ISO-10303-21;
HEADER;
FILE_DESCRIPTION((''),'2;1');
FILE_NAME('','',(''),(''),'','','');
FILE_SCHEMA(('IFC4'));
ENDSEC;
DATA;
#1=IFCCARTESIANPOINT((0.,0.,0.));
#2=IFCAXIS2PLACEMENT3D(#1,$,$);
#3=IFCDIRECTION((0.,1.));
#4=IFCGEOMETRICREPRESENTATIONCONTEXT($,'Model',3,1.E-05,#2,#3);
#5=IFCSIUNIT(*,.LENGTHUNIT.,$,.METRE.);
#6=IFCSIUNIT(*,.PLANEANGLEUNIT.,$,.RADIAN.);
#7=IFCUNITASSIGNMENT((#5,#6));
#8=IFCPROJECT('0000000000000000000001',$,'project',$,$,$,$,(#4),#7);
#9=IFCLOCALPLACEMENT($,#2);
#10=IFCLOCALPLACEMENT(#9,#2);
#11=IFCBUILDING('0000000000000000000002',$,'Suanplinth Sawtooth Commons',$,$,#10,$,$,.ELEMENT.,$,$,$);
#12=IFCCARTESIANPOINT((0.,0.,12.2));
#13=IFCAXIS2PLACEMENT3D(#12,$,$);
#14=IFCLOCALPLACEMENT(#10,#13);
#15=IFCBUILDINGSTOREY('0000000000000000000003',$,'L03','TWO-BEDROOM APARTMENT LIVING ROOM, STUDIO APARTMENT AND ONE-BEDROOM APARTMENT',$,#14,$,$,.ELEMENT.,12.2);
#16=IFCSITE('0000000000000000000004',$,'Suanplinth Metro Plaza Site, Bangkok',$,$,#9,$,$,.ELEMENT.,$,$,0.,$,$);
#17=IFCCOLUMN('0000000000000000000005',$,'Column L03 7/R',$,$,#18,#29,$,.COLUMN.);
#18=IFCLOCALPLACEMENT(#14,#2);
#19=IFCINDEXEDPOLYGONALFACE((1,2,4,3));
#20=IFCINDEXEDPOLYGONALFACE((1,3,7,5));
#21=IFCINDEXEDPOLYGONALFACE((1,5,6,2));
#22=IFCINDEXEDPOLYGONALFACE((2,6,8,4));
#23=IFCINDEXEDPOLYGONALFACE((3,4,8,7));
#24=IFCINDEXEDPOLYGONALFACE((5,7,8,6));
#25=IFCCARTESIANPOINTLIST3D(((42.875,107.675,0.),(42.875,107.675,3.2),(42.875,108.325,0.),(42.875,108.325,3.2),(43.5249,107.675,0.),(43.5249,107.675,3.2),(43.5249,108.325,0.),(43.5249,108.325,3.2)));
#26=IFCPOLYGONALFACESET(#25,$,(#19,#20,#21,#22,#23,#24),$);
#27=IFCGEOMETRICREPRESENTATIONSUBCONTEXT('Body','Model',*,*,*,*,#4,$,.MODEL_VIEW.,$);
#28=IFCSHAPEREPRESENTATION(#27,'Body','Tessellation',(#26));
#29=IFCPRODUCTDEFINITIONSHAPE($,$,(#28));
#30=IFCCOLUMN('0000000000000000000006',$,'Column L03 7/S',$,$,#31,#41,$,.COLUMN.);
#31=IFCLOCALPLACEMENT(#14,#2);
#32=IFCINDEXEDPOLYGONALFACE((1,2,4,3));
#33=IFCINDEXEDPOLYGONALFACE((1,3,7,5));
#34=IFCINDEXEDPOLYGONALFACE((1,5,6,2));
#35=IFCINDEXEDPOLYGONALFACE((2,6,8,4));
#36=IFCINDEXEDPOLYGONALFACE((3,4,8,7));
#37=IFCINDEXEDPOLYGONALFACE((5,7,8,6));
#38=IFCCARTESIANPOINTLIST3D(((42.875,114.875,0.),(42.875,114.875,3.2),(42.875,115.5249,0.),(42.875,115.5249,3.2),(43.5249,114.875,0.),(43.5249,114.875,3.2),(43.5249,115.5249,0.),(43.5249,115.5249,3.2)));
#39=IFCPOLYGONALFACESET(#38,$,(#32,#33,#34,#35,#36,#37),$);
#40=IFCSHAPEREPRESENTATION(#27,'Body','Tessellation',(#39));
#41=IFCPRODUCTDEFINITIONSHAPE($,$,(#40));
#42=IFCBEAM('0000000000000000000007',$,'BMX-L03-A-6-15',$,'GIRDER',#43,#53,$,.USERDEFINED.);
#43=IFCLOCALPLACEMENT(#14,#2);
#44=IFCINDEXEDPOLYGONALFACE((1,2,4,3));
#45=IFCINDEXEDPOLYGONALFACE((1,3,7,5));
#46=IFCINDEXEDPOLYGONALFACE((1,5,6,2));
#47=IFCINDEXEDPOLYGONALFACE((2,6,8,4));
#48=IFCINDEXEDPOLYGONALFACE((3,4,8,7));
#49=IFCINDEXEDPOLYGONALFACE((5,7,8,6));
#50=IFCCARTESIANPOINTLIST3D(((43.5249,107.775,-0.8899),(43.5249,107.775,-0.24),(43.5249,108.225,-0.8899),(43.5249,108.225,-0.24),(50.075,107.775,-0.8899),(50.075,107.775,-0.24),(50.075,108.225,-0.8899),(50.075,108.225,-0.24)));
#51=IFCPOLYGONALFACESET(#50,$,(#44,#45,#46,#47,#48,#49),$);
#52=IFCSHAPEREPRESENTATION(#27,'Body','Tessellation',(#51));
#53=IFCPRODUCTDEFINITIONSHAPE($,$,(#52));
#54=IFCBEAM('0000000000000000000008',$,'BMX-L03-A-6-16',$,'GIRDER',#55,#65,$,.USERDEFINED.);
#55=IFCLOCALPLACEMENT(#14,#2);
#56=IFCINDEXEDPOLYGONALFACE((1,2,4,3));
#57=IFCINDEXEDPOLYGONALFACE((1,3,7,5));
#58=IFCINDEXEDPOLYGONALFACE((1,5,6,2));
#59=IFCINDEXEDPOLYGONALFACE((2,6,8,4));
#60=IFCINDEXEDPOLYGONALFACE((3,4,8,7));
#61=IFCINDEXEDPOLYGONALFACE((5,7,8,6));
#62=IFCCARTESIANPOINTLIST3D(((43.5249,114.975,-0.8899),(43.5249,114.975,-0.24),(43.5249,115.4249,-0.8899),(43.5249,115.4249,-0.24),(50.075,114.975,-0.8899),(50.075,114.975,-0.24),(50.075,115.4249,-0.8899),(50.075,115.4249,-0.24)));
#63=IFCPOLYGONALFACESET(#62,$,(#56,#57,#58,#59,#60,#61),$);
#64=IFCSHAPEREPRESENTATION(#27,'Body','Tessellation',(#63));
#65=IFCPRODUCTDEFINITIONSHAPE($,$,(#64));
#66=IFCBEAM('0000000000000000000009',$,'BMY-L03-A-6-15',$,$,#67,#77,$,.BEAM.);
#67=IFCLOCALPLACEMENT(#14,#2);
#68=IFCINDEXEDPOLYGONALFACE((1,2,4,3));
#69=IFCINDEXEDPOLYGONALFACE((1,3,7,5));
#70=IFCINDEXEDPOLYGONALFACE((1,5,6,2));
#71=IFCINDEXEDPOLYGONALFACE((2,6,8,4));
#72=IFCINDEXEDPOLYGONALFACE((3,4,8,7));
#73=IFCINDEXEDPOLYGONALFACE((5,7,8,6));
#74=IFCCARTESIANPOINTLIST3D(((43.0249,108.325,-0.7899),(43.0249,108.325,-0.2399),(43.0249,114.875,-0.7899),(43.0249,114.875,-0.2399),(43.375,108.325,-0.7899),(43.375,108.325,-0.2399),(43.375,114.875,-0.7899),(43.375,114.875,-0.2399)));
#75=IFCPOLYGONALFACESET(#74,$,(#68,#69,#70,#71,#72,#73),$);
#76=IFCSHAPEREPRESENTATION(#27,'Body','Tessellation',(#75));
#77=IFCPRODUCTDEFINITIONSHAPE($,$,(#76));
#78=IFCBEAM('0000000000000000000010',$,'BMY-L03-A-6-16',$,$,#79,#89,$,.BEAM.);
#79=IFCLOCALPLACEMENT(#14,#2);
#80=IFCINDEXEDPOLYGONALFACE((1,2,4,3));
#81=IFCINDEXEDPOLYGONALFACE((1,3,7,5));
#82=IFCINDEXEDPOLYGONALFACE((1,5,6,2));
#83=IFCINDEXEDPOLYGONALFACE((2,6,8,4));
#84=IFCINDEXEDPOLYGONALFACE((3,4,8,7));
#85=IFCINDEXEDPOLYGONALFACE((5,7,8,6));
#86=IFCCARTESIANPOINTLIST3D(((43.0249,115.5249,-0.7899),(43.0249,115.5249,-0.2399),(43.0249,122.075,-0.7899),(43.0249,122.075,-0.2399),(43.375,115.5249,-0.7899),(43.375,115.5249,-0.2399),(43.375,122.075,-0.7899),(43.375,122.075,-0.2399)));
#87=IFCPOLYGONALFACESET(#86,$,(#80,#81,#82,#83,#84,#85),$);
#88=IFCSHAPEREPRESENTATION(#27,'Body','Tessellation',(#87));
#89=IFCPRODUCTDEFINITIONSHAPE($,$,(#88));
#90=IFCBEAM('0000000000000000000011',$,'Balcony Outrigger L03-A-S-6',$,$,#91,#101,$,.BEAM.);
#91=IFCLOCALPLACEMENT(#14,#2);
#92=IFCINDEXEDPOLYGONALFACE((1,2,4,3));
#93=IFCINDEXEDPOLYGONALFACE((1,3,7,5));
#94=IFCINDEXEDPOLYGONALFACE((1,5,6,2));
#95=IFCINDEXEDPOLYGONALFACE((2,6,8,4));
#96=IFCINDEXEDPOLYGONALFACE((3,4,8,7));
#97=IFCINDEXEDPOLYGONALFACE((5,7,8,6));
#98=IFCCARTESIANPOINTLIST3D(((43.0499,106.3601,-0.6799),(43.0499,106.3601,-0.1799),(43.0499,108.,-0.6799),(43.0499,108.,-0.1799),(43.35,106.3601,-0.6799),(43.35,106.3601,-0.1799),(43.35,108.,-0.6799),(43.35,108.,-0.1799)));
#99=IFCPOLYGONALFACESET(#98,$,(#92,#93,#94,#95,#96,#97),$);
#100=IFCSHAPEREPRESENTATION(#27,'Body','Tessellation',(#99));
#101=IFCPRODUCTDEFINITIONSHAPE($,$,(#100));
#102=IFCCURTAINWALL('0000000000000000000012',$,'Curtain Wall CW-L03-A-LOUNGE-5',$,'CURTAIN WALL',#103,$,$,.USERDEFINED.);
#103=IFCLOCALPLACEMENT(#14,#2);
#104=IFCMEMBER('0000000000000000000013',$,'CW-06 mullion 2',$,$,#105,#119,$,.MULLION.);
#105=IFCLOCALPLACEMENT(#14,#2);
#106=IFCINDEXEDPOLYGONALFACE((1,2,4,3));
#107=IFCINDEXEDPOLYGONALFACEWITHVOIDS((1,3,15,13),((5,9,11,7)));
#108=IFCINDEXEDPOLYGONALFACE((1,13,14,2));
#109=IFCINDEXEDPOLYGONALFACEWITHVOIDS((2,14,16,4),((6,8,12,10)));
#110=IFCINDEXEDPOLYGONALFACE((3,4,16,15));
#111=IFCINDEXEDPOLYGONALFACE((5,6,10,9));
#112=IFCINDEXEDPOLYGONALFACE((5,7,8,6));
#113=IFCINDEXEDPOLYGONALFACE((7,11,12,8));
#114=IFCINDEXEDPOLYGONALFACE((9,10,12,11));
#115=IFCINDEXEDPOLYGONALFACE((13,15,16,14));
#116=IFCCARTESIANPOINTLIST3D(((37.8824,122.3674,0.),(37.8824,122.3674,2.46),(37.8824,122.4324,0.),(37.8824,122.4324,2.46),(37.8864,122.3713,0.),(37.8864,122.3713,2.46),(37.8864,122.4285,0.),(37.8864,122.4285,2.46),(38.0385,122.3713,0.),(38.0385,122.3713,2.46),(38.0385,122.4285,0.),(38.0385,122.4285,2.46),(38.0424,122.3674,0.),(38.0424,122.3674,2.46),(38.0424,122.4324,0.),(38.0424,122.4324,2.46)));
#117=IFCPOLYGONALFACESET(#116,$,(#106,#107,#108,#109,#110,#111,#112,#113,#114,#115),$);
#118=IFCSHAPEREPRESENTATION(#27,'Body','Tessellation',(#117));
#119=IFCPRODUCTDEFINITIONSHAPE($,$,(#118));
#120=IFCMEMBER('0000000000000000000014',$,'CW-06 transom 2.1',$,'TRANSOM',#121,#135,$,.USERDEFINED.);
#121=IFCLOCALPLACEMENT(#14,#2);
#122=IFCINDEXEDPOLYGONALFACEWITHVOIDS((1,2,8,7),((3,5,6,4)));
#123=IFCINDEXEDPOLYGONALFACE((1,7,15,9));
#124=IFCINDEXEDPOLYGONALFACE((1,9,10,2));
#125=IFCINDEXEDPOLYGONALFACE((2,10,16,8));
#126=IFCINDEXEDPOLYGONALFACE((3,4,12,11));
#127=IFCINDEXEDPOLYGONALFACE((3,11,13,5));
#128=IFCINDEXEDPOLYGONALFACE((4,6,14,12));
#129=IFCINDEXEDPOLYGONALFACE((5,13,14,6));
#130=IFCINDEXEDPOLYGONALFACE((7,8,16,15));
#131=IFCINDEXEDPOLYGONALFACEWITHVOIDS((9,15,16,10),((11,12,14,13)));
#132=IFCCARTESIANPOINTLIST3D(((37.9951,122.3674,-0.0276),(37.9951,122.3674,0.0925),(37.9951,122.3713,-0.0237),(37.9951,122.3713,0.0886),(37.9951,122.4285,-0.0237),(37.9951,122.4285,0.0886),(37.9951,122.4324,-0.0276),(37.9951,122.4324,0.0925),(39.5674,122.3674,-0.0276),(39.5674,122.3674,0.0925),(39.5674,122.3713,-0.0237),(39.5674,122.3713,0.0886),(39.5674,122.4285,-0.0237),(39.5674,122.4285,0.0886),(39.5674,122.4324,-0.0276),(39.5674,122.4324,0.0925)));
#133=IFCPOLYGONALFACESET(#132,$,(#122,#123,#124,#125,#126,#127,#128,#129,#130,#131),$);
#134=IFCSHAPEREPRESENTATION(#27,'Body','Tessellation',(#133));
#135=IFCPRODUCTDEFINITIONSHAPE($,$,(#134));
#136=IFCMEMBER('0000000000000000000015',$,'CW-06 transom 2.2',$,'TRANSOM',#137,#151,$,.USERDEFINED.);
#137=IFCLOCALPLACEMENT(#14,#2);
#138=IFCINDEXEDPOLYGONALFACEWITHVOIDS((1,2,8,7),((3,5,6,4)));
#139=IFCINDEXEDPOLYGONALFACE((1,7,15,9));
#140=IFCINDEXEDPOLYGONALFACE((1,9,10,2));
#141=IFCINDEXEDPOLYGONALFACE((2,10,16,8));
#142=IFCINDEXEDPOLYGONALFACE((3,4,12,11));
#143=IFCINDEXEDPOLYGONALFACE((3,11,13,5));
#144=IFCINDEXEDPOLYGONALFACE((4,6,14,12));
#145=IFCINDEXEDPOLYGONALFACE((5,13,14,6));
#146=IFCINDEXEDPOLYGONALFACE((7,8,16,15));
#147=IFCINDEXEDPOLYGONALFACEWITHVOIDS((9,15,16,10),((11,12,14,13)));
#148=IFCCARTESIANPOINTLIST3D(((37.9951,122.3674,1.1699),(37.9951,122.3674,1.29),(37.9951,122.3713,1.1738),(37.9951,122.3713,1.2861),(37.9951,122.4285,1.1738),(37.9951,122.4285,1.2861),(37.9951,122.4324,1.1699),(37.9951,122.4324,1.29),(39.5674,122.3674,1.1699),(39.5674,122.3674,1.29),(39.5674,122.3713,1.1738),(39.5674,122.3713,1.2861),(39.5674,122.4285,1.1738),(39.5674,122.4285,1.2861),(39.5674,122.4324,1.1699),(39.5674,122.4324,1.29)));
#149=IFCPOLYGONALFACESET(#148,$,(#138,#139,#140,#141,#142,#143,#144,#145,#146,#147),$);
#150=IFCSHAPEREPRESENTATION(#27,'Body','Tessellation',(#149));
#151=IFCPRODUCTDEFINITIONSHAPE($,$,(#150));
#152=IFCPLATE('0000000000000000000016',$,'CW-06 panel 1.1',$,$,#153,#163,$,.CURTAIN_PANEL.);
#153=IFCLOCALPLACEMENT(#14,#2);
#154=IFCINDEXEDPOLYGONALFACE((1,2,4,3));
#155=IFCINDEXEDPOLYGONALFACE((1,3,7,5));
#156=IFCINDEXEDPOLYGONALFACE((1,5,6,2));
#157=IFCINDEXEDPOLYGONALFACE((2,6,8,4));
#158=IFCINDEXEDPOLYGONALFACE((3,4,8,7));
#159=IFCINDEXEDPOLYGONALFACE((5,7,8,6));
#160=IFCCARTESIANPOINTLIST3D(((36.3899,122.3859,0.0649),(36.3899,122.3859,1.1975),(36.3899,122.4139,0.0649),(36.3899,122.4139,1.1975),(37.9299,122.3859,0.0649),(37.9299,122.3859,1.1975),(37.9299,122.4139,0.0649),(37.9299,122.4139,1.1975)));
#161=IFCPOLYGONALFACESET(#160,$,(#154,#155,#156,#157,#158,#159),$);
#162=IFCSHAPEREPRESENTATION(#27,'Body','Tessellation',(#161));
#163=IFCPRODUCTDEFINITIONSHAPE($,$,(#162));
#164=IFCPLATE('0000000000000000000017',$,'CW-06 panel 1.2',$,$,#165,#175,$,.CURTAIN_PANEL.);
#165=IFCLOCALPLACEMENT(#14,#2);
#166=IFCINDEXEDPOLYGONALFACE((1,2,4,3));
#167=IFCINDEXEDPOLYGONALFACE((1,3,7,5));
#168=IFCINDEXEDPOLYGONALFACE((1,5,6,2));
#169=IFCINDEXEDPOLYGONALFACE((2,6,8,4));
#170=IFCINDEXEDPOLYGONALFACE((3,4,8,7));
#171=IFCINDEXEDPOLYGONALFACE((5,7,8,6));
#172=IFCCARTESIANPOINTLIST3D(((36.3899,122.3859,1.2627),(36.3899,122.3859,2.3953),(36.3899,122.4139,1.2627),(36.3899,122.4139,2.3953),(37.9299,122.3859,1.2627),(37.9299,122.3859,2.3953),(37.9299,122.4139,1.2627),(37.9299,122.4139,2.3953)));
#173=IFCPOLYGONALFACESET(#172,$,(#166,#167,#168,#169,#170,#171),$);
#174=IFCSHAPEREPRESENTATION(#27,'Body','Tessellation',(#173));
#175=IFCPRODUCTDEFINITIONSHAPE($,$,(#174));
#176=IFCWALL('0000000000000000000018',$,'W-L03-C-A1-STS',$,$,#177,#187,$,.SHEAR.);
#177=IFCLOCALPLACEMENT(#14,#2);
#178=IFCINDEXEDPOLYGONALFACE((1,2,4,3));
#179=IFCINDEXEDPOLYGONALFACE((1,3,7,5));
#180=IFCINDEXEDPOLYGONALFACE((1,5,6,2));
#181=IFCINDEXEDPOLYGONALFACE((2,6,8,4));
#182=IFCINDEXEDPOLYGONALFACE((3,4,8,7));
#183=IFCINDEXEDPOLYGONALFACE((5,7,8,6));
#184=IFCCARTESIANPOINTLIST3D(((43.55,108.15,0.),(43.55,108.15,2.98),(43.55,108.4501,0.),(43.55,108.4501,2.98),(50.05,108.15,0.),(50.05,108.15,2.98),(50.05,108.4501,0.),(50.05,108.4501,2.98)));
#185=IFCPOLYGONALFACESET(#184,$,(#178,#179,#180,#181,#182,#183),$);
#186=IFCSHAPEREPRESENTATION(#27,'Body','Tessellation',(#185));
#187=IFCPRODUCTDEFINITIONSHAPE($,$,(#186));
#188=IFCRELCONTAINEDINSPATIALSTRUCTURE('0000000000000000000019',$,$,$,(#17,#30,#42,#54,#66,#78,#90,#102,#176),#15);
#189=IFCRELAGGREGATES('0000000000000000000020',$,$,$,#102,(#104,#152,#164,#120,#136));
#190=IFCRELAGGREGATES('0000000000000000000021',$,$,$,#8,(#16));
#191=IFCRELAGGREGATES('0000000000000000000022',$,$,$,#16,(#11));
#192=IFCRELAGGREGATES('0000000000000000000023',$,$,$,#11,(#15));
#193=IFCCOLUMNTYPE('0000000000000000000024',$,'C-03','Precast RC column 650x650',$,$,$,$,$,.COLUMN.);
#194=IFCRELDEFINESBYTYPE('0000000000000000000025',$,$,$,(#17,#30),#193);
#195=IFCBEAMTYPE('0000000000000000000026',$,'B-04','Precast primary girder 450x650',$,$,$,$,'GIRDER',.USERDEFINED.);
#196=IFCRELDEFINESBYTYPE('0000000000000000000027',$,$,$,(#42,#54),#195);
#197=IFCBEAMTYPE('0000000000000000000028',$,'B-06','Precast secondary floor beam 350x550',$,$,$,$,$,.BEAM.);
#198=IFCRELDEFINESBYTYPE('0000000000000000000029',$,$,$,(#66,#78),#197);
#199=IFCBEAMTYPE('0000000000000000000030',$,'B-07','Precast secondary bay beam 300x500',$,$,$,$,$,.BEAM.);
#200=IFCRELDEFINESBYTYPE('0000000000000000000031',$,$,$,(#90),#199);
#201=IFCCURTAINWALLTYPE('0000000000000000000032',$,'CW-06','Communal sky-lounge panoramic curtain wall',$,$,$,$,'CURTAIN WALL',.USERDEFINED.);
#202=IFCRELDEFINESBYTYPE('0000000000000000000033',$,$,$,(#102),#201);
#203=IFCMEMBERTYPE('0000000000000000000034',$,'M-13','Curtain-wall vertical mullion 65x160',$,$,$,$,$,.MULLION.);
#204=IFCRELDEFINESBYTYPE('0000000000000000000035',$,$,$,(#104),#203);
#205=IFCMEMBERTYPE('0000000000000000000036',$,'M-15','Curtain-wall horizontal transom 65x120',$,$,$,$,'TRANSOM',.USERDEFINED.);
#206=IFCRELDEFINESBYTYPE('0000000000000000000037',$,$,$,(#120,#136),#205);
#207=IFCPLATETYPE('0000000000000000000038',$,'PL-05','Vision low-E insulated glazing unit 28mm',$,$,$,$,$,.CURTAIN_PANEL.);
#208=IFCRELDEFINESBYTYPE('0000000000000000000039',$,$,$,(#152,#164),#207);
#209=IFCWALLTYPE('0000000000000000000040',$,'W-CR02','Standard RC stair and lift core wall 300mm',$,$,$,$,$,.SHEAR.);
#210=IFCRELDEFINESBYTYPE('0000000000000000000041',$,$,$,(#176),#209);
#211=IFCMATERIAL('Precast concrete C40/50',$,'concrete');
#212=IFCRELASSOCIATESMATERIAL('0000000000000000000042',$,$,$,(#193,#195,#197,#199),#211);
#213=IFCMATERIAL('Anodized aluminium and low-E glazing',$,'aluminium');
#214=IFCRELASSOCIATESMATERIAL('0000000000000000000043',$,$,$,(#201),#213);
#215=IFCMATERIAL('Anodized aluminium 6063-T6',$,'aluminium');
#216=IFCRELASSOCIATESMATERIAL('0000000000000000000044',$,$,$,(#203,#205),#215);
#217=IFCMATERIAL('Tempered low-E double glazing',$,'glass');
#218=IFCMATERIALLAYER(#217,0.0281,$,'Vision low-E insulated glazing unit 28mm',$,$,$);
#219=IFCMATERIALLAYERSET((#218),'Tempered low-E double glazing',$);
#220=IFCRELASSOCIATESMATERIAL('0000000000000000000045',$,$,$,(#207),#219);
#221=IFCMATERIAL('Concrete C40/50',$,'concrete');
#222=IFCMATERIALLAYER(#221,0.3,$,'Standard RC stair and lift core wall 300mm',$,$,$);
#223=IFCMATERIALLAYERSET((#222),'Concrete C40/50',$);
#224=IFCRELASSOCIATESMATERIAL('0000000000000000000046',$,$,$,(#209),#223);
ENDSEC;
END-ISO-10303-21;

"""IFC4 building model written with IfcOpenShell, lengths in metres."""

from ifc_helpers import new_model, si_unit, direction, frame, frame_2d, origin, origin_2d, place, context, subcontext, project, spatial, rectangle, hollow_rectangle, extrude, material, layer, layer_set, material_profile, profile_set, type_object, element, aggregate, save


model = new_model("IFC4")

# Units and contexts
model_context = context("Model", 3, precision=1e-05, world=origin(), true_north=direction((0.0, 1.0)))
body_context = subcontext(model_context, "Body", "Model", "MODEL_VIEW")
ifc_project = project(units=[si_unit("LENGTHUNIT", "METRE"), si_unit("PLANEANGLEUNIT", "RADIAN")], contexts=[model_context])

# Site, building, storey
site_placement = place(None, origin())
site = spatial("IfcSite", under=ifc_project, at=site_placement, Name="Suanplinth Metro Plaza Site, Bangkok", CompositionType="ELEMENT", RefElevation=0.0)
building_placement = place(site_placement, origin())
building = spatial("IfcBuilding", under=site, at=building_placement, Name="Suanplinth Sawtooth Commons", CompositionType="ELEMENT")
storey_placement = place(building_placement, frame((0.0, 0.0, 12.2)))
storey = spatial("IfcBuildingStorey", under=building, at=storey_placement, Name="L03", Description="TWO-BEDROOM APARTMENT LIVING ROOM, STUDIO APARTMENT AND ONE-BEDROOM APARTMENT", CompositionType="ELEMENT", Elevation=12.2)

# Columns
ifc_material_1 = material(Name="Precast concrete C40/50", Category="concrete")
ifc_material_profile_1 = material_profile(ifc_material_1, rectangle(XDim=0.6499, YDim=0.6499, at=origin_2d()), Name="PC-COL 650x650")
ifc_profile_set_1 = profile_set([ifc_material_profile_1], Name="Precast concrete C40/50")
column_type = type_object("IfcColumnType", Name="C-03", Description="Precast RC column 650x650", PredefinedType="COLUMN", material=ifc_profile_set_1)
for number, where, z_axis, x_axis, name in (
    (1, (43.2, 108.0, 0.0), (0.0, 0.0, 1.0), (1.0, 0.0, 0.0), "Column L03 7/R"),
    (2, (43.2, 115.2, 0.0), (0.0, 0.0, 1.0), (1.0, 0.0, 0.0), "Column L03 7/S"),
):
    element("IfcColumn", number, at=place(storey_placement, frame(where, z_axis=z_axis, x_axis=x_axis)), inside=storey, type_object=column_type, Name=name, PredefinedType="COLUMN", context=body_context, shape_type="SweptSolid", body=[
        extrude(rectangle(XDim=0.6499, YDim=0.6499, at=origin_2d()), origin(), (0.0, 0.0, 1.0), 3.2),
    ])

# Beams
ifc_material_profile_2 = material_profile(ifc_material_1, rectangle(XDim=0.45, YDim=0.6499, at=origin_2d()), Name="PC-GDR 450x650")
ifc_profile_set_2 = profile_set([ifc_material_profile_2], Name="Precast concrete C40/50")
beam_type_1 = type_object("IfcBeamType", Name="B-04", Description="Precast primary girder 450x650", ElementType="GIRDER", PredefinedType="USERDEFINED", material=ifc_profile_set_2)
for number, where, z_axis, x_axis, name in (
    (3, (43.5249, 108.0, -0.5649), (1.0, 0.0, 0.0), (0.0, 1.0, 0.0), "BMX-L03-A-6-15"),
    (4, (43.5249, 115.2, -0.5649), (1.0, 0.0, 0.0), (0.0, 1.0, 0.0), "BMX-L03-A-6-16"),
):
    element("IfcBeam", number, at=place(storey_placement, frame(where, z_axis=z_axis, x_axis=x_axis)), inside=storey, type_object=beam_type_1, Name=name, ObjectType="GIRDER", PredefinedType="USERDEFINED", context=body_context, shape_type="SweptSolid", body=[
        extrude(rectangle(XDim=0.45, YDim=0.6499, at=origin_2d()), origin(), (0.0, 0.0, 1.0), 6.55),
    ])
ifc_material_profile_3 = material_profile(ifc_material_1, rectangle(XDim=0.3501, YDim=0.55, at=origin_2d()), Name="PC-BM 350x550")
ifc_profile_set_3 = profile_set([ifc_material_profile_3], Name="Precast concrete C40/50")
beam_type_2 = type_object("IfcBeamType", Name="B-06", Description="Precast secondary floor beam 350x550", PredefinedType="BEAM", material=ifc_profile_set_3)
for number, where, z_axis, x_axis, name in (
    (5, (43.2, 108.325, -0.5149), (0.0, 1.0, 0.0), (-1.0, 0.0, 0.0), "BMY-L03-A-6-15"),
    (6, (43.2, 115.5249, -0.5149), (0.0, 1.0, 0.0), (-1.0, 0.0, 0.0), "BMY-L03-A-6-16"),
):
    element("IfcBeam", number, at=place(storey_placement, frame(where, z_axis=z_axis, x_axis=x_axis)), inside=storey, type_object=beam_type_2, Name=name, PredefinedType="BEAM", context=body_context, shape_type="SweptSolid", body=[
        extrude(rectangle(XDim=0.3501, YDim=0.55, at=origin_2d()), origin(), (0.0, 0.0, 1.0), 6.55),
    ])
ifc_material_profile_4 = material_profile(ifc_material_1, rectangle(XDim=0.3, YDim=0.5, at=origin_2d()), Name="PC-BM 300x500")
ifc_profile_set_4 = profile_set([ifc_material_profile_4], Name="Precast concrete C40/50")
beam_type_3 = type_object("IfcBeamType", Name="B-07", Description="Precast secondary bay beam 300x500", PredefinedType="BEAM", material=ifc_profile_set_4)
beam_placement = place(storey_placement, frame((43.2, 108.0, -0.4299), z_axis=(0.0, -1.0, 0.0), x_axis=(1.0, 0.0, 0.0)))
element("IfcBeam", 7, at=beam_placement, inside=storey, type_object=beam_type_3, Name="Balcony Outrigger L03-A-S-6", PredefinedType="BEAM", context=body_context, shape_type="SweptSolid", body=[
    extrude(rectangle(XDim=0.3, YDim=0.5, at=origin_2d()), origin(), (0.0, 0.0, 1.0), 1.6399),
])

# Curtain wall, members, plates
ifc_material_2 = material(Name="Anodized aluminium and low-E glazing", Category="aluminium")
curtain_wall_type = type_object("IfcCurtainWallType", Name="CW-06", Description="Communal sky-lounge panoramic curtain wall", ElementType="CURTAIN WALL", PredefinedType="USERDEFINED", material=ifc_material_2)
curtain_wall_placement = place(storey_placement, origin())
curtain_wall = element("IfcCurtainWall", 8, at=curtain_wall_placement, inside=storey, type_object=curtain_wall_type, Name="Curtain Wall CW-L03-A-LOUNGE-5", ObjectType="CURTAIN WALL", PredefinedType="USERDEFINED")
ifc_material_3 = material(Name="Anodized aluminium 6063-T6", Category="aluminium")
ifc_material_profile_5 = material_profile(ifc_material_3, hollow_rectangle(XDim=0.0649, YDim=0.1599, WallThickness=0.0039, at=origin_2d()), Name="ALU-MUL 65x160")
ifc_profile_set_5 = profile_set([ifc_material_profile_5], Name="Anodized aluminium 6063-T6")
member_type_1 = type_object("IfcMemberType", Name="M-13", Description="Curtain-wall vertical mullion 65x160", PredefinedType="MULLION", material=ifc_profile_set_5)
member_1_placement = place(storey_placement, frame((37.9624, 122.3999, 0.0), z_axis=(0.0, 0.0, 1.0), x_axis=(0.0, 1.0, 0.0)))
member_1 = element("IfcMember", 9, at=member_1_placement, type_object=member_type_1, Name="CW-06 mullion 2", PredefinedType="MULLION", context=body_context, shape_type="SweptSolid", body=[
    extrude(hollow_rectangle(XDim=0.0649, YDim=0.1599, WallThickness=0.0039, at=origin_2d()), origin(), (0.0, 0.0, 1.0), 2.46),
])
ifc_material_profile_6 = material_profile(ifc_material_3, hollow_rectangle(XDim=0.0649, YDim=0.1201, WallThickness=0.0039, at=origin_2d()), Name="ALU-TRN 65x120")
ifc_profile_set_6 = profile_set([ifc_material_profile_6], Name="Anodized aluminium 6063-T6")
member_type_2 = type_object("IfcMemberType", Name="M-15", Description="Curtain-wall horizontal transom 65x120", ElementType="TRANSOM", PredefinedType="USERDEFINED", material=ifc_profile_set_6)
member_2_placement = place(storey_placement, frame((37.9951, 122.3999, 0.0325), z_axis=(1.0, 0.0, 0.0), x_axis=(0.0, 1.0, 0.0)))
member_2 = element("IfcMember", 10, at=member_2_placement, type_object=member_type_2, Name="CW-06 transom 2.1", ObjectType="TRANSOM", PredefinedType="USERDEFINED", context=body_context, shape_type="SweptSolid", body=[
    extrude(hollow_rectangle(XDim=0.0649, YDim=0.1201, WallThickness=0.0039, at=origin_2d()), origin(), (0.0, 0.0, 1.0), 1.5723),
])
member_3_placement = place(storey_placement, frame((37.9951, 122.3999, 1.23), z_axis=(1.0, 0.0, 0.0), x_axis=(0.0, 1.0, 0.0)))
member_3 = element("IfcMember", 11, at=member_3_placement, type_object=member_type_2, Name="CW-06 transom 2.2", ObjectType="TRANSOM", PredefinedType="USERDEFINED", context=body_context, shape_type="SweptSolid", body=[
    extrude(hollow_rectangle(XDim=0.0649, YDim=0.1201, WallThickness=0.0039, at=origin_2d()), origin(), (0.0, 0.0, 1.0), 1.5723),
])
ifc_material_4 = material(Name="Tempered low-E double glazing", Category="glass")
ifc_layer_1 = layer(ifc_material_4, 0.0281, Name="Vision low-E insulated glazing unit 28mm")
ifc_layer_set_1 = layer_set([ifc_layer_1], Name="Tempered low-E double glazing")
plate_type = type_object("IfcPlateType", Name="PL-05", Description="Vision low-E insulated glazing unit 28mm", PredefinedType="CURTAIN_PANEL", material=ifc_layer_set_1)
plate_1_placement = place(storey_placement, frame((37.1599, 122.3999, 0.0649), z_axis=(0.0, 0.0, 1.0), x_axis=(1.0, 0.0, 0.0)))
plate_1 = element("IfcPlate", 12, at=plate_1_placement, type_object=plate_type, Name="CW-06 panel 1.1", PredefinedType="CURTAIN_PANEL", context=body_context, shape_type="SweptSolid", body=[
    extrude(rectangle(XDim=1.54, YDim=0.0281, at=origin_2d()), origin(), (0.0, 0.0, 1.0), 1.1326),
])
plate_2_placement = place(storey_placement, frame((37.1599, 122.3999, 1.2627), z_axis=(0.0, 0.0, 1.0), x_axis=(1.0, 0.0, 0.0)))
plate_2 = element("IfcPlate", 13, at=plate_2_placement, type_object=plate_type, Name="CW-06 panel 1.2", PredefinedType="CURTAIN_PANEL", context=body_context, shape_type="SweptSolid", body=[
    extrude(rectangle(XDim=1.54, YDim=0.0281, at=origin_2d()), origin(), (0.0, 0.0, 1.0), 1.1326),
])
aggregate(curtain_wall, [member_1, plate_1, plate_2, member_2, member_3])

# Wall
ifc_material_5 = material(Name="Concrete C40/50", Category="concrete")
ifc_layer_2 = layer(ifc_material_5, 0.3, Name="Standard RC stair and lift core wall 300mm")
ifc_layer_set_2 = layer_set([ifc_layer_2], Name="Concrete C40/50")
wall_type_1 = type_object("IfcWallType", Name="W-CR02", Description="Standard RC stair and lift core wall 300mm", PredefinedType="SHEAR", material=ifc_layer_set_2)
wall_1_placement = place(storey_placement, frame((43.55, 108.3, 0.0), z_axis=(0.0, 0.0, 1.0), x_axis=(1.0, 0.0, 0.0)))
element("IfcWall", 14, at=wall_1_placement, inside=storey, type_object=wall_type_1, Name="W-L03-C-A1-STS", PredefinedType="SHEAR", context=body_context, shape_type="SweptSolid", body=[
    extrude(rectangle(XDim=6.5, YDim=0.3, at=frame_2d((3.25, 0.0))), origin(), (0.0, 0.0, 1.0), 2.98),
])

save(model, "model.ifc")
